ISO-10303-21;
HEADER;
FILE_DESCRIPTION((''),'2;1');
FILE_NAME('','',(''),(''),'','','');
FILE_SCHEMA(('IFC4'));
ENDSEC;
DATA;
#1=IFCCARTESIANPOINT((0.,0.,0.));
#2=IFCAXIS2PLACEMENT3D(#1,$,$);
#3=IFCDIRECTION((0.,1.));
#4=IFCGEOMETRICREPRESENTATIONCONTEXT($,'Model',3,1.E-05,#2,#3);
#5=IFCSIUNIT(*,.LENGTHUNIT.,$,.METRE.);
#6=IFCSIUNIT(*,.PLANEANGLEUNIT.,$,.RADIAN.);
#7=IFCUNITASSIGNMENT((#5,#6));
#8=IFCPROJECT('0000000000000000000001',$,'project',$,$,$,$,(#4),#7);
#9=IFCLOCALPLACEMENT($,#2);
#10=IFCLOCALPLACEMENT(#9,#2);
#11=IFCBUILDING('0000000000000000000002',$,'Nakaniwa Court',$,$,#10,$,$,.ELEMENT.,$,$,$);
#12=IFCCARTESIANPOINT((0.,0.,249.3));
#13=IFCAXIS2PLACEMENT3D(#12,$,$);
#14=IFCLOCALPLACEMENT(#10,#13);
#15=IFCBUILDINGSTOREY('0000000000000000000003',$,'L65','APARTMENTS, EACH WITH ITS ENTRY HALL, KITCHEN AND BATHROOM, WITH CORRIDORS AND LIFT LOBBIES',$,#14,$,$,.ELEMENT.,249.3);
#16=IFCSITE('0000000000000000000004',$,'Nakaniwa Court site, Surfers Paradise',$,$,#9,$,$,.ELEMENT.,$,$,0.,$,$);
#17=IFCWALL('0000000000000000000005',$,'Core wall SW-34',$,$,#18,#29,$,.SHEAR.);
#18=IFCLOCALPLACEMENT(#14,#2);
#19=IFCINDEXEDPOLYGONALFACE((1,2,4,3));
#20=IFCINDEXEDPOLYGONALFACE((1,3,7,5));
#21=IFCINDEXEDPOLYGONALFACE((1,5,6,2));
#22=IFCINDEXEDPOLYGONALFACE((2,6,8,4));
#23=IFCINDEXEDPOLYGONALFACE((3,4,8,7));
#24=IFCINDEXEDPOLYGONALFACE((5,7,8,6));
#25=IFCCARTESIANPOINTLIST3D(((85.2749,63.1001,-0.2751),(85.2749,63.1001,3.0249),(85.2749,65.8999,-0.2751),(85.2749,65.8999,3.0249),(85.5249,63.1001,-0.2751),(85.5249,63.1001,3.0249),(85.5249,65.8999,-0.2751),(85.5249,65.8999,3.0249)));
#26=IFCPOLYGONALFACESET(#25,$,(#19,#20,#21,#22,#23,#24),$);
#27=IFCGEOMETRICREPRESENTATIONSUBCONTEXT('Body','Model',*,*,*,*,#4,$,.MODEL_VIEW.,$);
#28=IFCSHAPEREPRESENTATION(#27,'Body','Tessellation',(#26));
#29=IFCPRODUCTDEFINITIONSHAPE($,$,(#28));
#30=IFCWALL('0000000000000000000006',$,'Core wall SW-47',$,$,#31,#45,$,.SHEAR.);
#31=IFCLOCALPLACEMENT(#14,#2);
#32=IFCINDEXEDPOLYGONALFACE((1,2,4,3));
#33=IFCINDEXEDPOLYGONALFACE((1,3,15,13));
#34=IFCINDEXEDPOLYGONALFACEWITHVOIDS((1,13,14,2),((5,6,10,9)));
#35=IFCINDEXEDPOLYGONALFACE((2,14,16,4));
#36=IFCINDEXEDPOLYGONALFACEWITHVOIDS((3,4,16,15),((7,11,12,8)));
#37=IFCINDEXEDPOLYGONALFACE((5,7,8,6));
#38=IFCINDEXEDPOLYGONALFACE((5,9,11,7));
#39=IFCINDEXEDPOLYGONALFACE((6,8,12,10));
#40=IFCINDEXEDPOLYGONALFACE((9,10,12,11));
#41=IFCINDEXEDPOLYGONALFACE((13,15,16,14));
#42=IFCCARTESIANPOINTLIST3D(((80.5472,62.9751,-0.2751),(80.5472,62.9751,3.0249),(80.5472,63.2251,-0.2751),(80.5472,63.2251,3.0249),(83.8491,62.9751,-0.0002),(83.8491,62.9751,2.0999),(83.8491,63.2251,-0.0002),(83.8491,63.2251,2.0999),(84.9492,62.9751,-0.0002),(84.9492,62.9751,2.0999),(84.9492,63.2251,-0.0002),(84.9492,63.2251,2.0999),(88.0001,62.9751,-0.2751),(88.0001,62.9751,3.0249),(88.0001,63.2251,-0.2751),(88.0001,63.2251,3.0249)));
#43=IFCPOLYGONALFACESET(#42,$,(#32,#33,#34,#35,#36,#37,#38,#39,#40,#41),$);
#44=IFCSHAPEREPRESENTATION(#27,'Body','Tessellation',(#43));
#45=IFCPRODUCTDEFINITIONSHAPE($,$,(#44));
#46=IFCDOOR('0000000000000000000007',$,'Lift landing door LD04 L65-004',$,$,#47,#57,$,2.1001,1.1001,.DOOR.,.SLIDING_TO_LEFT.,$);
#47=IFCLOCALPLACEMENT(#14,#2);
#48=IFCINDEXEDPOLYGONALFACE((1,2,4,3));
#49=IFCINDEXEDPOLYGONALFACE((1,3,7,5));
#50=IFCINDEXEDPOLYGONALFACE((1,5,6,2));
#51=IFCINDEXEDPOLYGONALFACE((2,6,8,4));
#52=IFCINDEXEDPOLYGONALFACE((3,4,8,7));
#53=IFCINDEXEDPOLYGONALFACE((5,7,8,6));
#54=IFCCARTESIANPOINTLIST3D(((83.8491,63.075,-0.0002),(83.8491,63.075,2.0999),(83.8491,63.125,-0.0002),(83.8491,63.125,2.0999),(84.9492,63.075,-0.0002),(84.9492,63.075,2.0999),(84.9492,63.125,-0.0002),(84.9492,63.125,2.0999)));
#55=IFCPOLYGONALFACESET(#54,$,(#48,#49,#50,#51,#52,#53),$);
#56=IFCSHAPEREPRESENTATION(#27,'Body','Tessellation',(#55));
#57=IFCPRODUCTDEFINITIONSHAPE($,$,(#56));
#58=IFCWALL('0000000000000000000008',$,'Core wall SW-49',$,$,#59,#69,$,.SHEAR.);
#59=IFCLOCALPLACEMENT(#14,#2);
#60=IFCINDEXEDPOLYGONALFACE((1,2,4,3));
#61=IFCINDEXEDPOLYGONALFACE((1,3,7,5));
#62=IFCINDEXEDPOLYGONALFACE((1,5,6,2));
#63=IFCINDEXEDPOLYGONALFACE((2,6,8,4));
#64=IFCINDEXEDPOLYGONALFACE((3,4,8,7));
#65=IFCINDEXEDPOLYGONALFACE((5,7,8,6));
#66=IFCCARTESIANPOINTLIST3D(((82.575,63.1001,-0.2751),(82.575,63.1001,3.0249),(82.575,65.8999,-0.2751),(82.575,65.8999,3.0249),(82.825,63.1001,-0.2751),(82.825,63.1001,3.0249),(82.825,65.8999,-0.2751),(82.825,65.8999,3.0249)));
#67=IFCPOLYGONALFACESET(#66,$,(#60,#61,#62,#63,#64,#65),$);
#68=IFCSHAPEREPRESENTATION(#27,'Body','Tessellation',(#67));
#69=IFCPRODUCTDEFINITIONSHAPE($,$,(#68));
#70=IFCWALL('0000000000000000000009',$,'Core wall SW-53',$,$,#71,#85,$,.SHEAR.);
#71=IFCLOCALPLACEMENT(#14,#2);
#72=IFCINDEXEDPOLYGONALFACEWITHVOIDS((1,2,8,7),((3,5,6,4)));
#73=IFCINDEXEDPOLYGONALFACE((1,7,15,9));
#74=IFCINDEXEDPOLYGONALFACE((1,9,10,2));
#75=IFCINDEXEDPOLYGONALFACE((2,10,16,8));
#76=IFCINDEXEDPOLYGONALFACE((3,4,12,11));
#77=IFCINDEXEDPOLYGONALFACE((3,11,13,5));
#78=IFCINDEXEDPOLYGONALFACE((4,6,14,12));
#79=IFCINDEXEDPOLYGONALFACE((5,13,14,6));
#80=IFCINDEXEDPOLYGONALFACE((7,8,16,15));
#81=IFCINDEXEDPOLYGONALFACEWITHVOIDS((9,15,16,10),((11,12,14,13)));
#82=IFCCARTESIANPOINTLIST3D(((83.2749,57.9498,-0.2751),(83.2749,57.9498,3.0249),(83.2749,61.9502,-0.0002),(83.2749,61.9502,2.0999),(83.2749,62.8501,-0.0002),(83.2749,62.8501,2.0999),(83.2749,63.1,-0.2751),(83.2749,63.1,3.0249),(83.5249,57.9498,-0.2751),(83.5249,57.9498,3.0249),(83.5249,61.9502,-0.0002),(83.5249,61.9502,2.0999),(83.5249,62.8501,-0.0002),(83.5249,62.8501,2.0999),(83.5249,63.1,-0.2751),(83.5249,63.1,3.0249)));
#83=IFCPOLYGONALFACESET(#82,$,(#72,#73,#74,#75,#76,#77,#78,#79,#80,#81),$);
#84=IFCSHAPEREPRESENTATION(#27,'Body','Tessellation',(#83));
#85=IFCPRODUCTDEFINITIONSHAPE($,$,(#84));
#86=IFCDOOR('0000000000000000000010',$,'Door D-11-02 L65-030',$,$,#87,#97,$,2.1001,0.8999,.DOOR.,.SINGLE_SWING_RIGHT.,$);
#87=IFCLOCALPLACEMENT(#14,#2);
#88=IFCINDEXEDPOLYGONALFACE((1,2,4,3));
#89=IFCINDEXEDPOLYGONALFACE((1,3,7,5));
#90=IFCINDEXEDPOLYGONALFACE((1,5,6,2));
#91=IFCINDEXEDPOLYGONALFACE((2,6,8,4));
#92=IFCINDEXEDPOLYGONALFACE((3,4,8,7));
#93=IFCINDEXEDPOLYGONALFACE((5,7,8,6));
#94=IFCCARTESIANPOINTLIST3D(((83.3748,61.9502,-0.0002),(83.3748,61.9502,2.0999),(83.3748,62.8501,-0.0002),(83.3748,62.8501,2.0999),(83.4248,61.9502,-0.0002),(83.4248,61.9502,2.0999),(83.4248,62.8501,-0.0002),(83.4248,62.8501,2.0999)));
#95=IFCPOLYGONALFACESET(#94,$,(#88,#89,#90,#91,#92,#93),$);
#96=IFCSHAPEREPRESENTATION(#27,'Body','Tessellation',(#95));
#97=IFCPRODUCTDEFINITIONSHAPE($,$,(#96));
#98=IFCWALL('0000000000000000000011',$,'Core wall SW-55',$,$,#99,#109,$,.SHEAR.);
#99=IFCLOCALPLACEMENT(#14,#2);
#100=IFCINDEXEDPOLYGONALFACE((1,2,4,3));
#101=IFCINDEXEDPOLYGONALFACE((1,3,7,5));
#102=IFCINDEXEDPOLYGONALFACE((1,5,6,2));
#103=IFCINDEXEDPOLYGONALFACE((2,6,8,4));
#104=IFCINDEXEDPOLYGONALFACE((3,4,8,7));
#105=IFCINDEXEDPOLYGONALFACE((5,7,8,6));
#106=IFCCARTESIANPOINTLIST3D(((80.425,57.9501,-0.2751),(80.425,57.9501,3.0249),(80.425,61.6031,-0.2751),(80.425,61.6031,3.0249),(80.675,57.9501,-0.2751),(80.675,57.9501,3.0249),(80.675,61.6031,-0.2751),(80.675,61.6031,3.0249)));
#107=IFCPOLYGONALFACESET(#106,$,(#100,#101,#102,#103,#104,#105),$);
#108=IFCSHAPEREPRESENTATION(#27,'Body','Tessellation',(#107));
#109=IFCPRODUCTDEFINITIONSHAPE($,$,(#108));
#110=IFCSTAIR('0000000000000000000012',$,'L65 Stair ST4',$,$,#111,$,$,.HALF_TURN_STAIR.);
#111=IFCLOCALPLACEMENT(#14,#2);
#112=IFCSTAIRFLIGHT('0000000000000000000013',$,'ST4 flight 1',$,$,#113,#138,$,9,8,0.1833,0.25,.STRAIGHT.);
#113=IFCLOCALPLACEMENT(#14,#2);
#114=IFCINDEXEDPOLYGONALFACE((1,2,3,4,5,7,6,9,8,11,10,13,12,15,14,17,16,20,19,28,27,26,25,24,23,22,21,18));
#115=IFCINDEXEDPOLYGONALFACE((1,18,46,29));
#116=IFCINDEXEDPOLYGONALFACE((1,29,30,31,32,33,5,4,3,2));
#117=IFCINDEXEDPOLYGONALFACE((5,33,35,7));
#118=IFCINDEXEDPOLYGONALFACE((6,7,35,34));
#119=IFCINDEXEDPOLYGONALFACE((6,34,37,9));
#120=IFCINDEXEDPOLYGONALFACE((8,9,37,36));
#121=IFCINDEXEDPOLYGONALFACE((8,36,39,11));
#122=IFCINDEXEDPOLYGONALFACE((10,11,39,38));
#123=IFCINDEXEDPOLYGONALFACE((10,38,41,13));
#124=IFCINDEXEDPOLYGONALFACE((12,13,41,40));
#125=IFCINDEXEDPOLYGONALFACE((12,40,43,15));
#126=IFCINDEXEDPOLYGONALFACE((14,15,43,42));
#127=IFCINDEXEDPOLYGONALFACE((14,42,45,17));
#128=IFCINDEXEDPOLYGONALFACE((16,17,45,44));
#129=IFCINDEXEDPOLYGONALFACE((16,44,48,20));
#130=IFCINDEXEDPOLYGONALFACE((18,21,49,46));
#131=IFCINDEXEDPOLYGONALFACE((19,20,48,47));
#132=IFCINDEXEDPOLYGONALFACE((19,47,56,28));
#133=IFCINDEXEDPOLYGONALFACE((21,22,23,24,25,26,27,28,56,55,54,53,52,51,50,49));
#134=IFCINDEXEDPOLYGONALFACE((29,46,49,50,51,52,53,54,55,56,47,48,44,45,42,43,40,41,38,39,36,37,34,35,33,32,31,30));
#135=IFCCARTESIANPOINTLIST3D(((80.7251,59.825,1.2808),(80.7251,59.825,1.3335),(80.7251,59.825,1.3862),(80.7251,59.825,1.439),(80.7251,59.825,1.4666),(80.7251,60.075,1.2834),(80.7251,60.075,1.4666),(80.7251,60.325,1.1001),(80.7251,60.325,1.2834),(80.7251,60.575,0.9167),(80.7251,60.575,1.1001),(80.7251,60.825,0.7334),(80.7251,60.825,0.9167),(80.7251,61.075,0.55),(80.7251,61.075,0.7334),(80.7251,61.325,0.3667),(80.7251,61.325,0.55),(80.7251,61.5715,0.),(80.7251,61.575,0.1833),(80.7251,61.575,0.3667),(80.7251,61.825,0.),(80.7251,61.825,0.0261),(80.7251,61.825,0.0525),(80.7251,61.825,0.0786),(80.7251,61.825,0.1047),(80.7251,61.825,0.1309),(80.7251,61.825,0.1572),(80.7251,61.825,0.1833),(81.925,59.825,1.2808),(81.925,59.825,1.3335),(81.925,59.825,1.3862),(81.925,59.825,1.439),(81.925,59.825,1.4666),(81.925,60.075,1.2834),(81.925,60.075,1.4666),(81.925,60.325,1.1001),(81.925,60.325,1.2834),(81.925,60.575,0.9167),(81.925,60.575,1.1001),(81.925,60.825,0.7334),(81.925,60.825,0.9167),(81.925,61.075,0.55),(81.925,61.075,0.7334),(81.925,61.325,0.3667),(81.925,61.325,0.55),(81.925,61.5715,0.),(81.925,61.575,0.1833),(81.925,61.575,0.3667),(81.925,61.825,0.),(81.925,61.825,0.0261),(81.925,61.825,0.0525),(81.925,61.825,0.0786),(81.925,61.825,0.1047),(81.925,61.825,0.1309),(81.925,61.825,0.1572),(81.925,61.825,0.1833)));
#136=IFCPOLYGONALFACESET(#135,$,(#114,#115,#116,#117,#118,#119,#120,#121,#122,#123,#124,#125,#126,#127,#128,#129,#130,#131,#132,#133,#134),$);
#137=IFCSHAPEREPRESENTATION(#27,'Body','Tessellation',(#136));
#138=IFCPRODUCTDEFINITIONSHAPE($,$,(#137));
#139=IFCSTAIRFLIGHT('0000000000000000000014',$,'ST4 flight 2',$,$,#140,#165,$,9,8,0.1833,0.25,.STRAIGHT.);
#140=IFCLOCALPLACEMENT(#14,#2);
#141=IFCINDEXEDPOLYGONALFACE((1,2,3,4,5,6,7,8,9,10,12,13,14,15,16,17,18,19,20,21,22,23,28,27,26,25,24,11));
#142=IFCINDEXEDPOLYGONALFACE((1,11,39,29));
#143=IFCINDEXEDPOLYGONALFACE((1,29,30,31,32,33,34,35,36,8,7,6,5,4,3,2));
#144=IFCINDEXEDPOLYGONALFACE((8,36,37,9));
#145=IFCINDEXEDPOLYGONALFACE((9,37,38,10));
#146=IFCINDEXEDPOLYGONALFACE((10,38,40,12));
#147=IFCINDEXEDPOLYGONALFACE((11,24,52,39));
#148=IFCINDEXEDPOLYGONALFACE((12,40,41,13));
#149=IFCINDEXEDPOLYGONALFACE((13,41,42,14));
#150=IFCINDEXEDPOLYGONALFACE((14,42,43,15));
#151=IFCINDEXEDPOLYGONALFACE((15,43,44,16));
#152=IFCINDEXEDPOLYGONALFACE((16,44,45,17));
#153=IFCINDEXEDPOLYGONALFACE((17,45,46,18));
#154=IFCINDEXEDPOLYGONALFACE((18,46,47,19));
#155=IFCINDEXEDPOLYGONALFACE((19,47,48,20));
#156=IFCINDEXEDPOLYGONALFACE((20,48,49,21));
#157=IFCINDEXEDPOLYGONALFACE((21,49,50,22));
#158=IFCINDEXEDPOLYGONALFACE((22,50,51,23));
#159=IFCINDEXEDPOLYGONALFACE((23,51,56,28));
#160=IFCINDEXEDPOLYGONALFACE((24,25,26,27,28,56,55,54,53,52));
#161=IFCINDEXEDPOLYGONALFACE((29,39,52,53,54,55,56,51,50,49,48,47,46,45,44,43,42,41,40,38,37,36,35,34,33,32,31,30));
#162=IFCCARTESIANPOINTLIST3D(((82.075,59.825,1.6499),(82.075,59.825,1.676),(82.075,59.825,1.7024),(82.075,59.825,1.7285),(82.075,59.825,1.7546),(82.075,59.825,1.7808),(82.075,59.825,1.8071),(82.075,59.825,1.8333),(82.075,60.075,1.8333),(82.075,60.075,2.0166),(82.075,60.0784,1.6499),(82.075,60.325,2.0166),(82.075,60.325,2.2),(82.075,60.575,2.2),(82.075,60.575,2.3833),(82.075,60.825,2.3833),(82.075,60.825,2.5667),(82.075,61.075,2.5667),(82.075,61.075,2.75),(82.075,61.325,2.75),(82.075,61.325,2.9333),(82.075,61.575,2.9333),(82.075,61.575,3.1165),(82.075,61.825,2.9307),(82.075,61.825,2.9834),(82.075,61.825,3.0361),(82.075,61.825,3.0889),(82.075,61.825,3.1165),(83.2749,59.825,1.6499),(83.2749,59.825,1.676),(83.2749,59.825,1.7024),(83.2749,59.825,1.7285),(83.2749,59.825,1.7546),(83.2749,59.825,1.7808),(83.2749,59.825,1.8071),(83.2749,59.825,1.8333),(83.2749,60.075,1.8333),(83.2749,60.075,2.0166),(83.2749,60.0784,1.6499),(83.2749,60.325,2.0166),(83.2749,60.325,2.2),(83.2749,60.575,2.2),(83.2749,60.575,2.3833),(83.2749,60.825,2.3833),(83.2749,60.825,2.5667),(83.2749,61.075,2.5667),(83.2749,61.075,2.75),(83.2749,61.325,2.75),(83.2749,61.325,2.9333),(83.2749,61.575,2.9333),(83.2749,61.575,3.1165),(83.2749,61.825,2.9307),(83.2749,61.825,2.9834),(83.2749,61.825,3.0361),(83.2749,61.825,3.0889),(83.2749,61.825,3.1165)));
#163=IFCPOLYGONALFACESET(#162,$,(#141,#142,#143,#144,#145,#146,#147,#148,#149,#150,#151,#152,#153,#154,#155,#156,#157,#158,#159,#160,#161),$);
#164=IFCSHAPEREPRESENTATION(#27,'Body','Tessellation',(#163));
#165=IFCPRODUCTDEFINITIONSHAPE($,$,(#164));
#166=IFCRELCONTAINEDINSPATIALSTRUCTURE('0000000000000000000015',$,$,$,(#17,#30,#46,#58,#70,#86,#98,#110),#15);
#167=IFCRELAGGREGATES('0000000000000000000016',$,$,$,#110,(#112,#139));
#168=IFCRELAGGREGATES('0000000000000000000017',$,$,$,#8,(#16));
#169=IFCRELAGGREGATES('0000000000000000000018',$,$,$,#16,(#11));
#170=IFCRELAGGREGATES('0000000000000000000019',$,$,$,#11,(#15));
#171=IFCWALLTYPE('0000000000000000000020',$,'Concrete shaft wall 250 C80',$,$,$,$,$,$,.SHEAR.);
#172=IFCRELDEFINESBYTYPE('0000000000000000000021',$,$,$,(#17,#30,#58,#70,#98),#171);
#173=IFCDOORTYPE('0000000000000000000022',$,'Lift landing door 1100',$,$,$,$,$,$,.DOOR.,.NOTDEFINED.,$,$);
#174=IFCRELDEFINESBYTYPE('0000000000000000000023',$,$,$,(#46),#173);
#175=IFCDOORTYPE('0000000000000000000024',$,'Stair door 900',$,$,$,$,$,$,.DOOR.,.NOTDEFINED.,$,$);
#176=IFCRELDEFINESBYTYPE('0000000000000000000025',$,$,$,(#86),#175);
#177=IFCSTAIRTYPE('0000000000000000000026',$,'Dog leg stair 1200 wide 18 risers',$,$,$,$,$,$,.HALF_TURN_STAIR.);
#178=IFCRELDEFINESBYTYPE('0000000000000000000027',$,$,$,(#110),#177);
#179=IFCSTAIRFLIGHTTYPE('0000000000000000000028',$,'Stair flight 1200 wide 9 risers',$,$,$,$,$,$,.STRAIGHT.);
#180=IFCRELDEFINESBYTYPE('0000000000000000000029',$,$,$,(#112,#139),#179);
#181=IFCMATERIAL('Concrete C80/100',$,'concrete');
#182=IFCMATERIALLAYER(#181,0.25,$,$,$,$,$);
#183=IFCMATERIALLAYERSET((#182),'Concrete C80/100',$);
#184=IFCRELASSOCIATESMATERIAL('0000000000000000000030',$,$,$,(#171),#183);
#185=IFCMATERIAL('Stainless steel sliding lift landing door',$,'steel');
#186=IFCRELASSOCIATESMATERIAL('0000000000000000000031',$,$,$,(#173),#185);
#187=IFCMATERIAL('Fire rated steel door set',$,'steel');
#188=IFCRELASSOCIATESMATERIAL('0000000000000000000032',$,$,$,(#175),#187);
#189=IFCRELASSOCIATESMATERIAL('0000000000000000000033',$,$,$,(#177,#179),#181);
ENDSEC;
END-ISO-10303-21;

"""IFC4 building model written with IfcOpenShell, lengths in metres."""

from ifc_helpers import new_model, si_unit, direction, frame, frame_2d, origin, place, context, subcontext, project, spatial, polyline, rectangle, outline, extrude, material, layer, layer_set, type_object, element, fill, aggregate, save


model = new_model("IFC4")

# Units and contexts
model_context = context("Model", 3, precision=1e-05, world=origin(), true_north=direction((0.0, 1.0)))
body_context = subcontext(model_context, "Body", "Model", "MODEL_VIEW")
ifc_project = project(units=[si_unit("LENGTHUNIT", "METRE"), si_unit("PLANEANGLEUNIT", "RADIAN")], contexts=[model_context])

# Site, building, storey
site_placement = place(None, origin())
site = spatial("IfcSite", under=ifc_project, at=site_placement, Name="Nakaniwa Court site, Surfers Paradise", CompositionType="ELEMENT", RefElevation=0.0)
building_placement = place(site_placement, origin())
building = spatial("IfcBuilding", under=site, at=building_placement, Name="Nakaniwa Court", CompositionType="ELEMENT")
storey_placement = place(building_placement, frame((0.0, 0.0, 249.3)))
storey = spatial("IfcBuildingStorey", under=building, at=storey_placement, Name="L65", Description="APARTMENTS, EACH WITH ITS ENTRY HALL, KITCHEN AND BATHROOM, WITH CORRIDORS AND LIFT LOBBIES", CompositionType="ELEMENT", Elevation=249.3)

# Shared definitions
ifc_material_1 = material(Name="Fire rated steel door set", Category="steel")

# Wall
ifc_material_2 = material(Name="Concrete C80/100", Category="concrete")
ifc_layer_1 = layer(ifc_material_2, 0.25)
ifc_layer_set_1 = layer_set([ifc_layer_1], Name="Concrete C80/100")
wall_type_1 = type_object("IfcWallType", Name="Concrete shaft wall 250 C80", PredefinedType="SHEAR", material=ifc_layer_set_1)
wall_1_placement = place(storey_placement, frame((85.3999, 63.1001, -0.2751), z_axis=(0.0, 0.0, 1.0), x_axis=(0.0, 1.0, 0.0)))
element("IfcWall", 1, at=wall_1_placement, inside=storey, type_object=wall_type_1, Name="Core wall SW-34", PredefinedType="SHEAR", context=body_context, shape_type="SweptSolid", body=[
    extrude(rectangle(XDim=2.7998, YDim=0.25, at=frame_2d((1.3999, 0.0))), origin(), (0.0, 0.0, 1.0), 3.3),
])

# Wall, opening, door
wall_2_placement = place(storey_placement, frame((80.5471, 63.1001, -0.2751), z_axis=(0.0, 0.0, 1.0), x_axis=(1.0, 0.0, 0.0)))
wall_2 = element("IfcWall", 2, at=wall_2_placement, inside=storey, type_object=wall_type_1, Name="Core wall SW-47", PredefinedType="SHEAR", context=body_context, shape_type="SweptSolid", body=[
    extrude(rectangle(XDim=7.4529, YDim=0.25, at=frame_2d((3.7266, 0.0))), origin(), (0.0, 0.0, 1.0), 3.3),
])
opening_1_placement = place(wall_2_placement, frame((3.302, 0.0, 0.2749)))
opening_1 = element("IfcOpeningElement", 3, at=opening_1_placement, cuts=wall_2, PredefinedType="OPENING", context=body_context, shape_type="SweptSolid", body=[
    extrude(rectangle(XDim=1.1001, YDim=2.1001, at=frame_2d((0.55, 1.05))), frame((0.0, 0.135, 0.0), z_axis=(0.0, -1.0, 0.0), x_axis=(1.0, 0.0, 0.0)), (0.0, 0.0, 1.0), 0.27),
])
ifc_material_3 = material(Name="Stainless steel sliding lift landing door", Category="steel")
door_type_1 = type_object("IfcDoorType", Name="Lift landing door 1100", OperationType="NOTDEFINED", PredefinedType="DOOR", material=ifc_material_3)
door_1_placement = place(opening_1_placement, origin())
door_1 = element("IfcDoor", 4, at=door_1_placement, inside=storey, type_object=door_type_1, Name="Lift landing door LD04 L65-004", OperationType="SLIDING_TO_LEFT", OverallHeight=2.1001, OverallWidth=1.1001, PredefinedType="DOOR", context=body_context, shape_type="SweptSolid", body=[
    extrude(rectangle(XDim=1.1001, YDim=2.1001, at=frame_2d((0.55, 1.05))), frame((0.0, 0.0249, 0.0), z_axis=(0.0, -1.0, 0.0), x_axis=(1.0, 0.0, 0.0)), (0.0, 0.0, 1.0), 0.05),
])
fill(opening_1, door_1)

# Wall
wall_3_placement = place(storey_placement, frame((82.7, 63.1001, -0.2751), z_axis=(0.0, 0.0, 1.0), x_axis=(0.0, 1.0, 0.0)))
element("IfcWall", 5, at=wall_3_placement, inside=storey, type_object=wall_type_1, Name="Core wall SW-49", PredefinedType="SHEAR", context=body_context, shape_type="SweptSolid", body=[
    extrude(rectangle(XDim=2.7998, YDim=0.25, at=frame_2d((1.3999, 0.0))), origin(), (0.0, 0.0, 1.0), 3.3),
])

# Wall, opening, door
wall_4_placement = place(storey_placement, frame((83.3999, 63.1001, -0.2751), z_axis=(0.0, 0.0, 1.0), x_axis=(0.0, -1.0, 0.0)))
wall_4 = element("IfcWall", 6, at=wall_4_placement, inside=storey, type_object=wall_type_1, Name="Core wall SW-53", PredefinedType="SHEAR", context=body_context, shape_type="SweptSolid", body=[
    extrude(rectangle(XDim=5.1501, YDim=0.25, at=frame_2d((2.5752, 0.0))), origin(), (0.0, 0.0, 1.0), 3.3),
])
opening_2_placement = place(wall_4_placement, frame((0.25, 0.0, 0.2749)))
opening_2 = element("IfcOpeningElement", 7, at=opening_2_placement, cuts=wall_4, PredefinedType="OPENING", context=body_context, shape_type="SweptSolid", body=[
    extrude(rectangle(XDim=0.8999, YDim=2.1001, at=frame_2d((0.45, 1.05))), frame((0.0, 0.135, 0.0), z_axis=(0.0, -1.0, 0.0), x_axis=(1.0, 0.0, 0.0)), (0.0, 0.0, 1.0), 0.27),
])
door_type_2 = type_object("IfcDoorType", Name="Stair door 900", OperationType="NOTDEFINED", PredefinedType="DOOR", material=ifc_material_1)
door_2_placement = place(opening_2_placement, origin())
door_2 = element("IfcDoor", 8, at=door_2_placement, inside=storey, type_object=door_type_2, Name="Door D-11-02 L65-030", OperationType="SINGLE_SWING_RIGHT", OverallHeight=2.1001, OverallWidth=0.8999, PredefinedType="DOOR", context=body_context, shape_type="SweptSolid", body=[
    extrude(rectangle(XDim=0.8999, YDim=2.1001, at=frame_2d((0.45, 1.05))), frame((0.0, 0.0249, 0.0), z_axis=(0.0, -1.0, 0.0), x_axis=(1.0, 0.0, 0.0)), (0.0, 0.0, 1.0), 0.05),
])
fill(opening_2, door_2)

# Wall
wall_5_placement = place(storey_placement, frame((80.55, 57.95, -0.2751), z_axis=(0.0, 0.0, 1.0), x_axis=(0.0, 1.0, 0.0)))
element("IfcWall", 9, at=wall_5_placement, inside=storey, type_object=wall_type_1, Name="Core wall SW-55", PredefinedType="SHEAR", context=body_context, shape_type="SweptSolid", body=[
    extrude(rectangle(XDim=3.6531, YDim=0.25, at=frame_2d((1.8267, 0.0))), origin(), (0.0, 0.0, 1.0), 3.3),
])

# Stair, stair flights
stair_type = type_object("IfcStairType", Name="Dog leg stair 1200 wide 18 risers", PredefinedType="HALF_TURN_STAIR", material=ifc_material_2)
stair_placement = place(storey_placement, origin())
stair = element("IfcStair", 10, at=stair_placement, inside=storey, type_object=stair_type, Name="L65 Stair ST4", PredefinedType="HALF_TURN_STAIR")
stair_flight_type = type_object("IfcStairFlightType", Name="Stair flight 1200 wide 9 risers", PredefinedType="STRAIGHT", material=ifc_material_2)
stair_flight_1_placement = place(storey_placement, frame((81.325, 61.825, 0.0), z_axis=(0.0, 0.0, 1.0), x_axis=(0.0, -1.0, 0.0)))
stair_flight_1 = element("IfcStairFlight", 11, at=stair_flight_1_placement, type_object=stair_flight_type, Name="ST4 flight 1", NumberOfRisers=9, NumberOfTreads=8, PredefinedType="STRAIGHT", RiserHeight=0.1833, TreadLength=0.25, context=body_context, shape_type="SweptSolid", body=[
    extrude(outline(polyline([(0.0, 0.0), (0.0, 0.0261), (0.0, 0.0525), (0.0, 0.0786), (0.0, 0.1047), (0.0, 0.1309), (0.0, 0.1572), (0.0, 0.1833), (0.25, 0.1833), (0.25, 0.3667), (0.5, 0.3667), (0.5, 0.55), (0.75, 0.55), (0.75, 0.7334), (1.0, 0.7334), (1.0, 0.9167), (1.25, 0.9167), (1.25, 1.1001), (1.5, 1.1001), (1.5, 1.2834), (1.75, 1.2834), (1.75, 1.4666), (2.0, 1.4666), (2.0, 1.6499), (2.0, 1.5972), (2.0, 1.5444), (2.0, 1.4917), (2.0, 1.439), (2.0, 1.3862), (2.0, 1.3335), (2.0, 1.2808), (0.2534, 0.0), (0.0, 0.0)])), frame((0.0, 0.6001, 0.0), z_axis=(0.0, -1.0, 0.0), x_axis=(1.0, 0.0, 0.0)), (0.0, 0.0, 1.0), 1.2),
])
stair_flight_2_placement = place(storey_placement, frame((82.675, 59.825, 1.6499), z_axis=(0.0, 0.0, 1.0), x_axis=(0.0, 1.0, 0.0)))
stair_flight_2 = element("IfcStairFlight", 12, at=stair_flight_2_placement, type_object=stair_flight_type, Name="ST4 flight 2", NumberOfRisers=9, NumberOfTreads=8, PredefinedType="STRAIGHT", RiserHeight=0.1833, TreadLength=0.25, context=body_context, shape_type="SweptSolid", body=[
    extrude(outline(polyline([(0.0, 0.0), (0.0, 0.0261), (0.0, 0.0525), (0.0, 0.0786), (0.0, 0.1047), (0.0, 0.1309), (0.0, 0.1572), (0.0, 0.1833), (0.25, 0.1833), (0.25, 0.3667), (0.5, 0.3667), (0.5, 0.55), (0.75, 0.55), (0.75, 0.7334), (1.0, 0.7334), (1.0, 0.9167), (1.25, 0.9167), (1.25, 1.1001), (1.5, 1.1001), (1.5, 1.2834), (1.75, 1.2834), (1.75, 1.4666), (2.0, 1.4666), (2.0, 1.6499), (2.0, 1.5972), (2.0, 1.5444), (2.0, 1.4917), (2.0, 1.439), (2.0, 1.3862), (2.0, 1.3335), (2.0, 1.2808), (0.2534, 0.0), (0.0, 0.0)])), frame((0.0, 0.6001, 0.0), z_axis=(0.0, -1.0, 0.0), x_axis=(1.0, 0.0, 0.0)), (0.0, 0.0, 1.0), 1.2),
])
aggregate(stair, [stair_flight_1, stair_flight_2])

save(model, "model.ifc")
